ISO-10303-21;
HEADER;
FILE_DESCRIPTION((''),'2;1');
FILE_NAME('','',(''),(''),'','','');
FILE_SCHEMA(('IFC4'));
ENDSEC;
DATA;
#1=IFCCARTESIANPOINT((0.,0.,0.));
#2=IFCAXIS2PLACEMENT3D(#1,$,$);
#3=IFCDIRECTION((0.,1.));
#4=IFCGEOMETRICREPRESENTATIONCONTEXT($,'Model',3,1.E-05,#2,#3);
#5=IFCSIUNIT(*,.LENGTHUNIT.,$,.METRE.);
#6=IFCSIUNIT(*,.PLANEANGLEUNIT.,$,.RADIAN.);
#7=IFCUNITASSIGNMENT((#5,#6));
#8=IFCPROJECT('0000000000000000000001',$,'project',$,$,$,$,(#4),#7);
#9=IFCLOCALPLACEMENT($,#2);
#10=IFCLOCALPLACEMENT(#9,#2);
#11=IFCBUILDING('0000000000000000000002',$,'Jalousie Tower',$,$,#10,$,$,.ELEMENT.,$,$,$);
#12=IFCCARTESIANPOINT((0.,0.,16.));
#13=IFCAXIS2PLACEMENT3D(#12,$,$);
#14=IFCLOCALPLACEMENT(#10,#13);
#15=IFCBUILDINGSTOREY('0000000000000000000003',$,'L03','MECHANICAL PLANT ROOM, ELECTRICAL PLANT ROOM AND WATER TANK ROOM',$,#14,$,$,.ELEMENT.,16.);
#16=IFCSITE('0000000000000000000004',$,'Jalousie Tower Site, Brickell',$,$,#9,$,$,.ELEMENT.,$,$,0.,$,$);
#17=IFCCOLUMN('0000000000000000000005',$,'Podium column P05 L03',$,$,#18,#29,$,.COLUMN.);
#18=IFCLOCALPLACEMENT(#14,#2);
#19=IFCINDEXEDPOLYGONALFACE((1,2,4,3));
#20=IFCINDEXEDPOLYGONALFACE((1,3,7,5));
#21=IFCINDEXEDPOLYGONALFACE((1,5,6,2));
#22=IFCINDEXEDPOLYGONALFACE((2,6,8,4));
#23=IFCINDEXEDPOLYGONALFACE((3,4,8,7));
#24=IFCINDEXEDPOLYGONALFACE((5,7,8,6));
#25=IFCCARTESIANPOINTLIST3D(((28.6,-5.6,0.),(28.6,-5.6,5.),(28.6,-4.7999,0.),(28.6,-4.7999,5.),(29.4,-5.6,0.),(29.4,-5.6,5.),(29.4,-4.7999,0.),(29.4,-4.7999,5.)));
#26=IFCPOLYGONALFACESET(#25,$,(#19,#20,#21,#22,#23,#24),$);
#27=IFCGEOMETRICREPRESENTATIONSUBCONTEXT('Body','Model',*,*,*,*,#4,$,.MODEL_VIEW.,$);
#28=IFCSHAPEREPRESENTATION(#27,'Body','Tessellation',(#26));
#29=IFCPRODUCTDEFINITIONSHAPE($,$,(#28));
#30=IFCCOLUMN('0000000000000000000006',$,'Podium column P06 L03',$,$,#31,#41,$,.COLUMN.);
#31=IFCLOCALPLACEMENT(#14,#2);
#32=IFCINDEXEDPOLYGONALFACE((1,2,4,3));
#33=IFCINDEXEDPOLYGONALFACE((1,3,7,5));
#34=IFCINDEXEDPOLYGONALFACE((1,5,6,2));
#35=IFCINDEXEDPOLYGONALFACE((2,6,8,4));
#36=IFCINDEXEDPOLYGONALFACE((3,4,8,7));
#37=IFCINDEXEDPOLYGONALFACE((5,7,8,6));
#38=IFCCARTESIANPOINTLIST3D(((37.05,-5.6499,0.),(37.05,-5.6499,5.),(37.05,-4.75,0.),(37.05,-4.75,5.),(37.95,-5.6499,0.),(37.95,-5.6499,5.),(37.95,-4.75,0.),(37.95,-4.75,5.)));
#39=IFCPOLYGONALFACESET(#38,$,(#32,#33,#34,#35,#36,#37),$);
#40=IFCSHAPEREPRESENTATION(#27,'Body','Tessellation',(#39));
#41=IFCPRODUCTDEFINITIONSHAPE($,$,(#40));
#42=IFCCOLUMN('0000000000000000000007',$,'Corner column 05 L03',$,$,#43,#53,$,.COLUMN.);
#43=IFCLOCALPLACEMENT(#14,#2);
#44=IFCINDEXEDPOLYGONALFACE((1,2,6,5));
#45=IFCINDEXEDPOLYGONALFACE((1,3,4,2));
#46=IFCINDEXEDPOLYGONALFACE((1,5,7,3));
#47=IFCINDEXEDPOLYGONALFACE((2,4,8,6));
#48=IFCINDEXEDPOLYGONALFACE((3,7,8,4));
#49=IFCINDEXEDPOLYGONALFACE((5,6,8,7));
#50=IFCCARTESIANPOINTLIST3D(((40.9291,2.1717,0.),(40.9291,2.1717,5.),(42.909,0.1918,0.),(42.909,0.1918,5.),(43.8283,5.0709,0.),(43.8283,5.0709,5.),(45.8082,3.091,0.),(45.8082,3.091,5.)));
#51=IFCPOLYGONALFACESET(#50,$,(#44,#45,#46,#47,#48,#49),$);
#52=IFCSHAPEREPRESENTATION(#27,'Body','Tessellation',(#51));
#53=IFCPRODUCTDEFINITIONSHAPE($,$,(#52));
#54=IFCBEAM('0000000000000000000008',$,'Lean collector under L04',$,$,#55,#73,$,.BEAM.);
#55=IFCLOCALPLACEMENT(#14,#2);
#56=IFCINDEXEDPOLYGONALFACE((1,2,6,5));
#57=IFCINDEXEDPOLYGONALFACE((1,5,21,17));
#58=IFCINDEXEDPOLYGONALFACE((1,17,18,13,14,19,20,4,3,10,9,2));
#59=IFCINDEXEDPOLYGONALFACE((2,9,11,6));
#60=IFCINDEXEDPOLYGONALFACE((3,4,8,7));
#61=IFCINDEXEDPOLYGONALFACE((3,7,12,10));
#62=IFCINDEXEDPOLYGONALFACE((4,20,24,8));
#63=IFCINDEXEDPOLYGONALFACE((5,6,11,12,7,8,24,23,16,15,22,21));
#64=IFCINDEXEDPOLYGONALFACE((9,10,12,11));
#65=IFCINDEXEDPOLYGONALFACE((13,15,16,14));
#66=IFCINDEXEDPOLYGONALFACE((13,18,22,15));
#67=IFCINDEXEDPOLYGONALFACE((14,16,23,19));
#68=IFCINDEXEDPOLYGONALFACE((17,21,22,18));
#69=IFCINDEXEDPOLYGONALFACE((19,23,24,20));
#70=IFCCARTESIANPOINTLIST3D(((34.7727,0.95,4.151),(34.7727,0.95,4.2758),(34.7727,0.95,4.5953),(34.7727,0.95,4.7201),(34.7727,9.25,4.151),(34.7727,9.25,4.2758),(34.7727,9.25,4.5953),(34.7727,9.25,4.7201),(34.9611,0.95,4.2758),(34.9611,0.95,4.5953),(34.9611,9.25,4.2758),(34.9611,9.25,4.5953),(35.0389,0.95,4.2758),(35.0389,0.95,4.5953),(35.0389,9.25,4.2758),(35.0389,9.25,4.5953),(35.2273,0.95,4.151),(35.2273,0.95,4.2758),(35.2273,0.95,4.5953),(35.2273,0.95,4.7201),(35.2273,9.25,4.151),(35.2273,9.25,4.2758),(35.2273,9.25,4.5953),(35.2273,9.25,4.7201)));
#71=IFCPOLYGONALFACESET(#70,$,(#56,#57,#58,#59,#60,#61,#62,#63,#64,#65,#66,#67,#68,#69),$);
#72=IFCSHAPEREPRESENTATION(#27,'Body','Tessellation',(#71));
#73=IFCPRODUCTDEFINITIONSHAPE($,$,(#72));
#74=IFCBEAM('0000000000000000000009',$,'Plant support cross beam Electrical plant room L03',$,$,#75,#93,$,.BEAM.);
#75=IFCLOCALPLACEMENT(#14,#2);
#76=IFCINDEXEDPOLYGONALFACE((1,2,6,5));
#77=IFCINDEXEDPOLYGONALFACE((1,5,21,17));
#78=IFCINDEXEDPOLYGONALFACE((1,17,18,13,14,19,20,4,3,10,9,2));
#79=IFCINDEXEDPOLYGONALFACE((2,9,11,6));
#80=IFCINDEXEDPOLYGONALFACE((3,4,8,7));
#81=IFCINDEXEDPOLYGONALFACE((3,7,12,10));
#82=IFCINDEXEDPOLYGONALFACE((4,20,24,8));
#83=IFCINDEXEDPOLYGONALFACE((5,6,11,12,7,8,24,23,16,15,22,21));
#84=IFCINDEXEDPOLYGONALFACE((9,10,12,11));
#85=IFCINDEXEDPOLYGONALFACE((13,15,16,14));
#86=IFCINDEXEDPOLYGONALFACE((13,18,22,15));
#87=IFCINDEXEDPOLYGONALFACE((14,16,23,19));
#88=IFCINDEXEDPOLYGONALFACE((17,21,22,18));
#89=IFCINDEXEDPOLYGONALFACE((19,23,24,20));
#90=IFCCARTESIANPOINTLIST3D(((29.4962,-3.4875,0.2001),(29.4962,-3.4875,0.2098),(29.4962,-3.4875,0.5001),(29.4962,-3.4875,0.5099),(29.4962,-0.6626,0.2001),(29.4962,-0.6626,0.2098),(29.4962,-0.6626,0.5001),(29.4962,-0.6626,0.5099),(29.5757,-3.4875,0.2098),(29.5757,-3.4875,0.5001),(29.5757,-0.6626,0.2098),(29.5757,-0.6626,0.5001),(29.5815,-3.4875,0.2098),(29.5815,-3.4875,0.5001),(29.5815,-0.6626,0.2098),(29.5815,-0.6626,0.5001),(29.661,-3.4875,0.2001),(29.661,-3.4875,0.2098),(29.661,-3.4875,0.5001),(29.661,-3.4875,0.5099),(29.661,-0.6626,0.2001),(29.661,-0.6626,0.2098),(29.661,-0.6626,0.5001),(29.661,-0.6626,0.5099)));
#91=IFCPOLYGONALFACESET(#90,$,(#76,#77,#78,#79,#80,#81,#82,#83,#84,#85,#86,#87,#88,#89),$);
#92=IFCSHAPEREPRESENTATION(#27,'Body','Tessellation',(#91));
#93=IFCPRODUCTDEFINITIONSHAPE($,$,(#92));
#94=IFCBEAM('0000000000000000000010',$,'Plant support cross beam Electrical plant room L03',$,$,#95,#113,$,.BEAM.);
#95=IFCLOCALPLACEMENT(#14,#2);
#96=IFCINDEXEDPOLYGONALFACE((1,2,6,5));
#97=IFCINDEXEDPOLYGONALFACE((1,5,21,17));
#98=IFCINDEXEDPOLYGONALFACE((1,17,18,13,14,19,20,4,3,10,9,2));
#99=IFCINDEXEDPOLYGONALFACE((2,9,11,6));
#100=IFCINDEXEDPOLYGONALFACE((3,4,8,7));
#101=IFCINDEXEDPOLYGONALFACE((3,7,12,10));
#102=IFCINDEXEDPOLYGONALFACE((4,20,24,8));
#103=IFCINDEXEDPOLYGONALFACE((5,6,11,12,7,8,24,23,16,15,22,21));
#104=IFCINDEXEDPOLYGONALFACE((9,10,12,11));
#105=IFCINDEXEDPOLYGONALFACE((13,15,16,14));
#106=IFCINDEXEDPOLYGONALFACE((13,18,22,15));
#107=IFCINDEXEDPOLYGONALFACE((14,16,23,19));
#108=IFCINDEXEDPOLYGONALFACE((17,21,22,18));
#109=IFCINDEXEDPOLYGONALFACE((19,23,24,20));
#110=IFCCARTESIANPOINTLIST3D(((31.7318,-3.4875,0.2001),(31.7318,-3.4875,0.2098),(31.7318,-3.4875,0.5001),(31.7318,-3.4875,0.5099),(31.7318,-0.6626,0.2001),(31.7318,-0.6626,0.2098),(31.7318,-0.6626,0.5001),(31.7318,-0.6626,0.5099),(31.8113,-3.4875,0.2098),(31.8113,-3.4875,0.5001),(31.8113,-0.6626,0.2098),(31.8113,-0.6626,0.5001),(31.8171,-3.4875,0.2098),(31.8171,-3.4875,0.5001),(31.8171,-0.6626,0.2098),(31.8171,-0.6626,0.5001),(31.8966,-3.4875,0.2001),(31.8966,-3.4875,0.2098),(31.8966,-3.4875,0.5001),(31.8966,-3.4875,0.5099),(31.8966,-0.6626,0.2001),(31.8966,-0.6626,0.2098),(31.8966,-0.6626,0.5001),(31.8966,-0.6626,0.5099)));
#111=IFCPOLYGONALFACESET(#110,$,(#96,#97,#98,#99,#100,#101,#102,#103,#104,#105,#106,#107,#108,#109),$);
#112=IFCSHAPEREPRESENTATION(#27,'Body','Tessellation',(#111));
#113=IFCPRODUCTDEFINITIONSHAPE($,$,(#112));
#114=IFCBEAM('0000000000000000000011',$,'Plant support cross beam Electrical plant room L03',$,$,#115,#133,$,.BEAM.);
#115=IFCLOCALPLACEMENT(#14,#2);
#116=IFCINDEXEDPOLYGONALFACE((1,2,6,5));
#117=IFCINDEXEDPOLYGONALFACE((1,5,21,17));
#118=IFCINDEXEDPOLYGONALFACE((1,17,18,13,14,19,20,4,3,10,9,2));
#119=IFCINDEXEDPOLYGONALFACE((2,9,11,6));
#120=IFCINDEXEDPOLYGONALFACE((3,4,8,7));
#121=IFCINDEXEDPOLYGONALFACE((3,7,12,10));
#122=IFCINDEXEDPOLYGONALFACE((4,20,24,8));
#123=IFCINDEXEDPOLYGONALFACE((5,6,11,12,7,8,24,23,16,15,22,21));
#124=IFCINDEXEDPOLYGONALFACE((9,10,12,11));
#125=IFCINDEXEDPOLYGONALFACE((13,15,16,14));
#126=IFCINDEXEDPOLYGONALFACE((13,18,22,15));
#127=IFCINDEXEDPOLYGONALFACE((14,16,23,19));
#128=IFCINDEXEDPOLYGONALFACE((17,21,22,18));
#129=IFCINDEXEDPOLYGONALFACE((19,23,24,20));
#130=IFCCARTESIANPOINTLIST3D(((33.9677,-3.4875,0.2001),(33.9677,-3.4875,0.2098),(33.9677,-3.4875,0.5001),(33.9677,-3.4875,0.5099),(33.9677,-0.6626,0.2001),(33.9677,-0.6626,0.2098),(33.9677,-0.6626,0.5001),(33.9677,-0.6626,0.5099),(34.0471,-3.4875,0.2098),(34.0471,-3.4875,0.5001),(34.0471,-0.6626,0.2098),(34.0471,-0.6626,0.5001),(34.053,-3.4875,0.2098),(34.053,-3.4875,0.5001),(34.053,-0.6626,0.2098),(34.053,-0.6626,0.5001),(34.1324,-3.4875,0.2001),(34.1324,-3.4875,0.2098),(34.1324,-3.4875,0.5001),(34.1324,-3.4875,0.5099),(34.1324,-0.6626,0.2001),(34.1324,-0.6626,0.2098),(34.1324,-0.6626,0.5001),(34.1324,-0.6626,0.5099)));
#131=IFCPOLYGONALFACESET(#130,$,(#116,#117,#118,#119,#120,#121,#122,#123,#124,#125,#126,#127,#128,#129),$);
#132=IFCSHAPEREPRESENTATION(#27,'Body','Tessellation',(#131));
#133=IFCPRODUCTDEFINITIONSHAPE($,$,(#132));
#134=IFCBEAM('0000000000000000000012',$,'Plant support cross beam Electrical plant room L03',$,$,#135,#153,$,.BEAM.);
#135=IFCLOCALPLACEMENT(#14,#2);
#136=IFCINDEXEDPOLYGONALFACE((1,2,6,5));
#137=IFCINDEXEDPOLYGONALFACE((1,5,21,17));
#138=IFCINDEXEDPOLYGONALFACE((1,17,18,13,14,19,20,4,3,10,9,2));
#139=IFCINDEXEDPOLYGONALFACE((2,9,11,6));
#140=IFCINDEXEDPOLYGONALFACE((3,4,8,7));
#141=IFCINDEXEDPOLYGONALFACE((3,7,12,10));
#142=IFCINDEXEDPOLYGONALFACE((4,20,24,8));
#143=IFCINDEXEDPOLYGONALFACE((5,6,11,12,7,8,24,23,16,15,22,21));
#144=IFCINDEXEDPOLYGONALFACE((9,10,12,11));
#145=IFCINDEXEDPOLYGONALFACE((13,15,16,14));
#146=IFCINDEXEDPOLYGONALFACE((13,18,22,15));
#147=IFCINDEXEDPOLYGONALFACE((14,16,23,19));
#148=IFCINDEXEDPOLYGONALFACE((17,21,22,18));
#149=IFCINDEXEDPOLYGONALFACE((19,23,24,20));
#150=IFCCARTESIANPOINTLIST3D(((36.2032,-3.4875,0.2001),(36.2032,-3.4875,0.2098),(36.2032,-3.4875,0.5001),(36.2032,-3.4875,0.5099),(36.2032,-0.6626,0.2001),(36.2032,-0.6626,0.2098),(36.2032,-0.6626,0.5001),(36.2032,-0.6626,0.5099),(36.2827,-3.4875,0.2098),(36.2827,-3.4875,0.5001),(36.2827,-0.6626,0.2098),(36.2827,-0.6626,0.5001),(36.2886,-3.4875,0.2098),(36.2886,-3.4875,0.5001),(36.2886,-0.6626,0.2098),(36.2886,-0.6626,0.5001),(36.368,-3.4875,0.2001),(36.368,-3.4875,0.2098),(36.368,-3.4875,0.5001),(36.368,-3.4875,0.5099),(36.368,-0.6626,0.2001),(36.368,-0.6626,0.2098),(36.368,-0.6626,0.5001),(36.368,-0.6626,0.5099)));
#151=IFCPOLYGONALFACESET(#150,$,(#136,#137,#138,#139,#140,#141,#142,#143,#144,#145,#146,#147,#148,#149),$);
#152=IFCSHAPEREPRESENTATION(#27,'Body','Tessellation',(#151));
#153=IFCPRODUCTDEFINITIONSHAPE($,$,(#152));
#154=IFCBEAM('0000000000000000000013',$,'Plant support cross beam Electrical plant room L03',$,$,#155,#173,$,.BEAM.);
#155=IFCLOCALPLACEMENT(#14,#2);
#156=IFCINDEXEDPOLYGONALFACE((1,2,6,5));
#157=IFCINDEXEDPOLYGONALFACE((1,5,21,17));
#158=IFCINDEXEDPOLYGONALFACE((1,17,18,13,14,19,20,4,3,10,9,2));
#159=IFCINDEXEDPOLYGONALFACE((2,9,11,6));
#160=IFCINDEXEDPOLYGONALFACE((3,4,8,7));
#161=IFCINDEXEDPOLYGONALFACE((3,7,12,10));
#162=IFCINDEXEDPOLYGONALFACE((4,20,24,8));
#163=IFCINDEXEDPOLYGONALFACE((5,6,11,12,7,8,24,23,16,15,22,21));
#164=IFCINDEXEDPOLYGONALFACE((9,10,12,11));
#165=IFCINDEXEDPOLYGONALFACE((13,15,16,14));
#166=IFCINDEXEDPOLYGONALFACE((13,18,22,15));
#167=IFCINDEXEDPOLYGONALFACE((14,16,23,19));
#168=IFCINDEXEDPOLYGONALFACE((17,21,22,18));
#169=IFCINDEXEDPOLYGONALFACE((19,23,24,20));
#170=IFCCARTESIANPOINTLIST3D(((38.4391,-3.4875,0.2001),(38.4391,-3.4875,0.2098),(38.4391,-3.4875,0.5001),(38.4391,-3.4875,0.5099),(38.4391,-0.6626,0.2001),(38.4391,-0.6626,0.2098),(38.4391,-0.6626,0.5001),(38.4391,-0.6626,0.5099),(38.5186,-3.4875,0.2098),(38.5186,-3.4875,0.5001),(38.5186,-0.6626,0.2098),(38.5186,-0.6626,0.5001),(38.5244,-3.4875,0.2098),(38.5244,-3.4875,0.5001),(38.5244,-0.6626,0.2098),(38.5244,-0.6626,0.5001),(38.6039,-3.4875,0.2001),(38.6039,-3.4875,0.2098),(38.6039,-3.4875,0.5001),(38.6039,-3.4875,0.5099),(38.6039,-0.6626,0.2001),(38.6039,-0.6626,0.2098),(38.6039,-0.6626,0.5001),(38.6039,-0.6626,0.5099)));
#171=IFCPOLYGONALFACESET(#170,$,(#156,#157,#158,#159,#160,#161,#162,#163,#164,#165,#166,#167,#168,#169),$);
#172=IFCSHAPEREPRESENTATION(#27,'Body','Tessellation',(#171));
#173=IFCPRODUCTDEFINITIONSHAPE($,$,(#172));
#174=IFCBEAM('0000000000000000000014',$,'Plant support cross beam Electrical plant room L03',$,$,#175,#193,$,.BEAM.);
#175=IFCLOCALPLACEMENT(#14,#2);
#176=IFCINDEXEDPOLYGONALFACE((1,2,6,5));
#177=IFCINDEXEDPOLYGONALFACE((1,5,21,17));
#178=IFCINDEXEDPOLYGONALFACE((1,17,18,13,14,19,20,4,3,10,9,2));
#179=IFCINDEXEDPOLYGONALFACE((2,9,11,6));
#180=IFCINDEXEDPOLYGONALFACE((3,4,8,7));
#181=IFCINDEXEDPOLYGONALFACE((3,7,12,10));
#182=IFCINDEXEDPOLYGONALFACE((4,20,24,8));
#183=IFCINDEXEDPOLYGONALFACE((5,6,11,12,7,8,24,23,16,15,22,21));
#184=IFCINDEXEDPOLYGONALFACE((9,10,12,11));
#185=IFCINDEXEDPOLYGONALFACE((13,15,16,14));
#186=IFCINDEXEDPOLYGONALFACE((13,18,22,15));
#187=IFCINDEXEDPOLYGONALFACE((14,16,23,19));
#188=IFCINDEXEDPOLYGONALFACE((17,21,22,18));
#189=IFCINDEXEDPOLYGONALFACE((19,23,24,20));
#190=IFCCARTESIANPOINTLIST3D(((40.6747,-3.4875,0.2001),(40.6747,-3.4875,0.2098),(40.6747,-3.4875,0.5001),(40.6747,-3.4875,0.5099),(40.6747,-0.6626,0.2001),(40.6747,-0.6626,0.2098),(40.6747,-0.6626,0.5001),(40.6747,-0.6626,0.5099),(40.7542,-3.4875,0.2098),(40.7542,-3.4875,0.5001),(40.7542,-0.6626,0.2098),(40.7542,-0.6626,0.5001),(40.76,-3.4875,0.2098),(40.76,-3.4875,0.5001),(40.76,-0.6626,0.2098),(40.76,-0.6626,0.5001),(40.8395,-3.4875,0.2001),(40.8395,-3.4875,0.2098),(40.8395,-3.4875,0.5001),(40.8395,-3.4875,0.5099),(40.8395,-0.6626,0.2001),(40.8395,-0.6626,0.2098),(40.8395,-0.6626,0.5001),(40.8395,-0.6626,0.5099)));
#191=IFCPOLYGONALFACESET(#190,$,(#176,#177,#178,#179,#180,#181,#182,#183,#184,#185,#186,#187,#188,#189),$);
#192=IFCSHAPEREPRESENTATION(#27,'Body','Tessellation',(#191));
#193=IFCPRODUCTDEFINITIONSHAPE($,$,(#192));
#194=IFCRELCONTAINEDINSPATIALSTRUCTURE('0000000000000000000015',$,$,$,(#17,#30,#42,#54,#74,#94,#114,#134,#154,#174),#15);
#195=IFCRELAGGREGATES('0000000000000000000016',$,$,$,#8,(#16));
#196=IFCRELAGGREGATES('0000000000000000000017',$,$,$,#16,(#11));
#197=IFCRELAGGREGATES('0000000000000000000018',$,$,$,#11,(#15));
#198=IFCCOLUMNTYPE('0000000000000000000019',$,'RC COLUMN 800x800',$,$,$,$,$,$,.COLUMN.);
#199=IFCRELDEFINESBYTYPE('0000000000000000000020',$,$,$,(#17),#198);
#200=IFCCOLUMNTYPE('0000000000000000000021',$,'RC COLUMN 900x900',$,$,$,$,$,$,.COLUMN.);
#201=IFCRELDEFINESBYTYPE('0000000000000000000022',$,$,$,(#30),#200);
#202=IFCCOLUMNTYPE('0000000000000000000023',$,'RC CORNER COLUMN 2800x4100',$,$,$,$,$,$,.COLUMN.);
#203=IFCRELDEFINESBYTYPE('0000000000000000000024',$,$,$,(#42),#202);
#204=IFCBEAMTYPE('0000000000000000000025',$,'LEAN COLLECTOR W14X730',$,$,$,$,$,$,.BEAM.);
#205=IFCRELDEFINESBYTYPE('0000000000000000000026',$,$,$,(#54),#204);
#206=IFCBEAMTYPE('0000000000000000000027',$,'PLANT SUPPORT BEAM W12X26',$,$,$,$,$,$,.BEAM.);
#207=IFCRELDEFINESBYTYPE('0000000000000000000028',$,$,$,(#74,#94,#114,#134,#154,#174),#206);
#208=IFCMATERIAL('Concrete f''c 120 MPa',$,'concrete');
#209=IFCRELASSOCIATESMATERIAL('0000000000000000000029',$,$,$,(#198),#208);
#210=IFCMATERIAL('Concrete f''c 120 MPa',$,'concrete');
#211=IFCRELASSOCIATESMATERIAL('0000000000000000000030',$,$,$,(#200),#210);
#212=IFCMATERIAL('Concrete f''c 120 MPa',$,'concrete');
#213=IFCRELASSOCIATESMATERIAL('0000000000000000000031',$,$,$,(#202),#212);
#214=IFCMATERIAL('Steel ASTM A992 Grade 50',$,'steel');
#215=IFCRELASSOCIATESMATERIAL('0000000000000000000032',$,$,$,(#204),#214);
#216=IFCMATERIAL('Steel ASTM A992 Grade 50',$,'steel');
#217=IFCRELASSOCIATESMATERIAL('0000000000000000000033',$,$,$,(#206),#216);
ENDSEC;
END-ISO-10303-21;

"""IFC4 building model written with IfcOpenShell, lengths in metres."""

from ifc_helpers import new_model, si_unit, direction, frame, origin, origin_2d, place, context, subcontext, project, spatial, rectangle, i_section, extrude, material, material_profile, profile_set, type_object, element, save


model = new_model("IFC4")

# Units and contexts
model_context = context("Model", 3, precision=1e-05, world=origin(), true_north=direction((0.0, 1.0)))
body_context = subcontext(model_context, "Body", "Model", "MODEL_VIEW")
ifc_project = project(units=[si_unit("LENGTHUNIT", "METRE"), si_unit("PLANEANGLEUNIT", "RADIAN")], contexts=[model_context])

# Site, building, storey
site_placement = place(None, origin())
site = spatial("IfcSite", under=ifc_project, at=site_placement, Name="Jalousie Tower Site, Brickell", CompositionType="ELEMENT", RefElevation=0.0)
building_placement = place(site_placement, origin())
building = spatial("IfcBuilding", under=site, at=building_placement, Name="Jalousie Tower", CompositionType="ELEMENT")
storey_placement = place(building_placement, frame((0.0, 0.0, 16.0)))
storey = spatial("IfcBuildingStorey", under=building, at=storey_placement, Name="L03", Description="MECHANICAL PLANT ROOM, ELECTRICAL PLANT ROOM AND WATER TANK ROOM", CompositionType="ELEMENT", Elevation=16.0)

# Columns
ifc_material_1 = material(Name="Concrete f'c 120 MPa", Category="concrete")
ifc_material_profile_1 = material_profile(ifc_material_1, rectangle(XDim=0.8, YDim=0.8, at=origin_2d()), Name="RC 800x800")
ifc_profile_set_1 = profile_set([ifc_material_profile_1], Name="Concrete f'c 120 MPa")
column_type_1 = type_object("IfcColumnType", Name="RC COLUMN 800x800", PredefinedType="COLUMN", material=ifc_profile_set_1)
column_1_placement = place(storey_placement, frame((29.0, -5.2, 0.0), z_axis=(0.0, 0.0, 1.0), x_axis=(1.0, 0.0, 0.0)))
element("IfcColumn", 1, at=column_1_placement, inside=storey, type_object=column_type_1, Name="Podium column P05 L03", PredefinedType="COLUMN", context=body_context, shape_type="SweptSolid", body=[
    extrude(rectangle(XDim=0.8, YDim=0.8, at=origin_2d()), origin(), (0.0, 0.0, 1.0), 5.0),
])
ifc_material_2 = material(Name="Concrete f'c 120 MPa", Category="concrete")
ifc_material_profile_2 = material_profile(ifc_material_2, rectangle(XDim=0.8999, YDim=0.8999, at=origin_2d()), Name="RC 900x900")
ifc_profile_set_2 = profile_set([ifc_material_profile_2], Name="Concrete f'c 120 MPa")
column_type_2 = type_object("IfcColumnType", Name="RC COLUMN 900x900", PredefinedType="COLUMN", material=ifc_profile_set_2)
column_2_placement = place(storey_placement, frame((37.5, -5.2, 0.0), z_axis=(0.0, 0.0, 1.0), x_axis=(1.0, 0.0, 0.0)))
element("IfcColumn", 2, at=column_2_placement, inside=storey, type_object=column_type_2, Name="Podium column P06 L03", PredefinedType="COLUMN", context=body_context, shape_type="SweptSolid", body=[
    extrude(rectangle(XDim=0.8999, YDim=0.8999, at=origin_2d()), origin(), (0.0, 0.0, 1.0), 5.0),
])
ifc_material_3 = material(Name="Concrete f'c 120 MPa", Category="concrete")
ifc_material_profile_3 = material_profile(ifc_material_3, rectangle(XDim=2.8, YDim=4.1001, at=origin_2d()), Name="RC 2800x4100")
ifc_profile_set_3 = profile_set([ifc_material_profile_3], Name="Concrete f'c 120 MPa")
column_type_3 = type_object("IfcColumnType", Name="RC CORNER COLUMN 2800x4100", PredefinedType="COLUMN", material=ifc_profile_set_3)
column_3_placement = place(storey_placement, frame((43.3687, 2.6313, 0.0), z_axis=(0.0, 0.0, 1.0), x_axis=(-0.707107, 0.707107, 0.0)))
element("IfcColumn", 3, at=column_3_placement, inside=storey, type_object=column_type_3, Name="Corner column 05 L03", PredefinedType="COLUMN", context=body_context, shape_type="SweptSolid", body=[
    extrude(rectangle(XDim=2.8, YDim=4.1001, at=origin_2d()), origin(), (0.0, 0.0, 1.0), 5.0),
])

# Beams
ifc_material_4 = material(Name="Steel ASTM A992 Grade 50", Category="steel")
ifc_material_profile_4 = material_profile(ifc_material_4, i_section(OverallWidth=0.4546, OverallDepth=0.5691, WebThickness=0.0779, FlangeThickness=0.1248, at=origin_2d()), Name="W14X730")
ifc_profile_set_4 = profile_set([ifc_material_profile_4], Name="Steel ASTM A992 Grade 50")
beam_type_1 = type_object("IfcBeamType", Name="LEAN COLLECTOR W14X730", PredefinedType="BEAM", material=ifc_profile_set_4)
beam_1_placement = place(storey_placement, frame((35.0, 0.95, 4.4355), z_axis=(0.0, 1.0, 0.0), x_axis=(-1.0, 0.0, 0.0)))
element("IfcBeam", 4, at=beam_1_placement, inside=storey, type_object=beam_type_1, Name="Lean collector under L04", PredefinedType="BEAM", context=body_context, shape_type="SweptSolid", body=[
    extrude(i_section(OverallWidth=0.4546, OverallDepth=0.5691, WebThickness=0.0779, FlangeThickness=0.1248, at=origin_2d()), origin(), (0.0, 0.0, 1.0), 8.3),
])
ifc_material_5 = material(Name="Steel ASTM A992 Grade 50", Category="steel")
ifc_material_profile_5 = material_profile(ifc_material_5, i_section(OverallWidth=0.1648, OverallDepth=0.3098, WebThickness=0.0059, FlangeThickness=0.0098, at=origin_2d()), Name="W12X26")
ifc_profile_set_5 = profile_set([ifc_material_profile_5], Name="Steel ASTM A992 Grade 50")
beam_type_2 = type_object("IfcBeamType", Name="PLANT SUPPORT BEAM W12X26", PredefinedType="BEAM", material=ifc_profile_set_5)
for number, where, z_axis, x_axis, name in (
    (5, (29.5786, -3.4875, 0.355), (0.0, 1.0, 0.0), (-1.0, 0.0, 0.0), "Plant support cross beam Electrical plant room L03"),
    (6, (31.8142, -3.4875, 0.355), (0.0, 1.0, 0.0), (-1.0, 0.0, 0.0), "Plant support cross beam Electrical plant room L03"),
    (7, (34.05, -3.4875, 0.355), (0.0, 1.0, 0.0), (-1.0, 0.0, 0.0), "Plant support cross beam Electrical plant room L03"),
    (8, (36.2856, -3.4875, 0.355), (0.0, 1.0, 0.0), (-1.0, 0.0, 0.0), "Plant support cross beam Electrical plant room L03"),
    (9, (38.5215, -3.4875, 0.355), (0.0, 1.0, 0.0), (-1.0, 0.0, 0.0), "Plant support cross beam Electrical plant room L03"),
    (10, (40.7571, -3.4875, 0.355), (0.0, 1.0, 0.0), (-1.0, 0.0, 0.0), "Plant support cross beam Electrical plant room L03"),
):
    element("IfcBeam", number, at=place(storey_placement, frame(where, z_axis=z_axis, x_axis=x_axis)), inside=storey, type_object=beam_type_2, Name=name, PredefinedType="BEAM", context=body_context, shape_type="SweptSolid", body=[
        extrude(i_section(OverallWidth=0.1648, OverallDepth=0.3098, WebThickness=0.0059, FlangeThickness=0.0098, at=origin_2d()), origin(), (0.0, 0.0, 1.0), 2.825),
    ])

save(model, "model.ifc")
